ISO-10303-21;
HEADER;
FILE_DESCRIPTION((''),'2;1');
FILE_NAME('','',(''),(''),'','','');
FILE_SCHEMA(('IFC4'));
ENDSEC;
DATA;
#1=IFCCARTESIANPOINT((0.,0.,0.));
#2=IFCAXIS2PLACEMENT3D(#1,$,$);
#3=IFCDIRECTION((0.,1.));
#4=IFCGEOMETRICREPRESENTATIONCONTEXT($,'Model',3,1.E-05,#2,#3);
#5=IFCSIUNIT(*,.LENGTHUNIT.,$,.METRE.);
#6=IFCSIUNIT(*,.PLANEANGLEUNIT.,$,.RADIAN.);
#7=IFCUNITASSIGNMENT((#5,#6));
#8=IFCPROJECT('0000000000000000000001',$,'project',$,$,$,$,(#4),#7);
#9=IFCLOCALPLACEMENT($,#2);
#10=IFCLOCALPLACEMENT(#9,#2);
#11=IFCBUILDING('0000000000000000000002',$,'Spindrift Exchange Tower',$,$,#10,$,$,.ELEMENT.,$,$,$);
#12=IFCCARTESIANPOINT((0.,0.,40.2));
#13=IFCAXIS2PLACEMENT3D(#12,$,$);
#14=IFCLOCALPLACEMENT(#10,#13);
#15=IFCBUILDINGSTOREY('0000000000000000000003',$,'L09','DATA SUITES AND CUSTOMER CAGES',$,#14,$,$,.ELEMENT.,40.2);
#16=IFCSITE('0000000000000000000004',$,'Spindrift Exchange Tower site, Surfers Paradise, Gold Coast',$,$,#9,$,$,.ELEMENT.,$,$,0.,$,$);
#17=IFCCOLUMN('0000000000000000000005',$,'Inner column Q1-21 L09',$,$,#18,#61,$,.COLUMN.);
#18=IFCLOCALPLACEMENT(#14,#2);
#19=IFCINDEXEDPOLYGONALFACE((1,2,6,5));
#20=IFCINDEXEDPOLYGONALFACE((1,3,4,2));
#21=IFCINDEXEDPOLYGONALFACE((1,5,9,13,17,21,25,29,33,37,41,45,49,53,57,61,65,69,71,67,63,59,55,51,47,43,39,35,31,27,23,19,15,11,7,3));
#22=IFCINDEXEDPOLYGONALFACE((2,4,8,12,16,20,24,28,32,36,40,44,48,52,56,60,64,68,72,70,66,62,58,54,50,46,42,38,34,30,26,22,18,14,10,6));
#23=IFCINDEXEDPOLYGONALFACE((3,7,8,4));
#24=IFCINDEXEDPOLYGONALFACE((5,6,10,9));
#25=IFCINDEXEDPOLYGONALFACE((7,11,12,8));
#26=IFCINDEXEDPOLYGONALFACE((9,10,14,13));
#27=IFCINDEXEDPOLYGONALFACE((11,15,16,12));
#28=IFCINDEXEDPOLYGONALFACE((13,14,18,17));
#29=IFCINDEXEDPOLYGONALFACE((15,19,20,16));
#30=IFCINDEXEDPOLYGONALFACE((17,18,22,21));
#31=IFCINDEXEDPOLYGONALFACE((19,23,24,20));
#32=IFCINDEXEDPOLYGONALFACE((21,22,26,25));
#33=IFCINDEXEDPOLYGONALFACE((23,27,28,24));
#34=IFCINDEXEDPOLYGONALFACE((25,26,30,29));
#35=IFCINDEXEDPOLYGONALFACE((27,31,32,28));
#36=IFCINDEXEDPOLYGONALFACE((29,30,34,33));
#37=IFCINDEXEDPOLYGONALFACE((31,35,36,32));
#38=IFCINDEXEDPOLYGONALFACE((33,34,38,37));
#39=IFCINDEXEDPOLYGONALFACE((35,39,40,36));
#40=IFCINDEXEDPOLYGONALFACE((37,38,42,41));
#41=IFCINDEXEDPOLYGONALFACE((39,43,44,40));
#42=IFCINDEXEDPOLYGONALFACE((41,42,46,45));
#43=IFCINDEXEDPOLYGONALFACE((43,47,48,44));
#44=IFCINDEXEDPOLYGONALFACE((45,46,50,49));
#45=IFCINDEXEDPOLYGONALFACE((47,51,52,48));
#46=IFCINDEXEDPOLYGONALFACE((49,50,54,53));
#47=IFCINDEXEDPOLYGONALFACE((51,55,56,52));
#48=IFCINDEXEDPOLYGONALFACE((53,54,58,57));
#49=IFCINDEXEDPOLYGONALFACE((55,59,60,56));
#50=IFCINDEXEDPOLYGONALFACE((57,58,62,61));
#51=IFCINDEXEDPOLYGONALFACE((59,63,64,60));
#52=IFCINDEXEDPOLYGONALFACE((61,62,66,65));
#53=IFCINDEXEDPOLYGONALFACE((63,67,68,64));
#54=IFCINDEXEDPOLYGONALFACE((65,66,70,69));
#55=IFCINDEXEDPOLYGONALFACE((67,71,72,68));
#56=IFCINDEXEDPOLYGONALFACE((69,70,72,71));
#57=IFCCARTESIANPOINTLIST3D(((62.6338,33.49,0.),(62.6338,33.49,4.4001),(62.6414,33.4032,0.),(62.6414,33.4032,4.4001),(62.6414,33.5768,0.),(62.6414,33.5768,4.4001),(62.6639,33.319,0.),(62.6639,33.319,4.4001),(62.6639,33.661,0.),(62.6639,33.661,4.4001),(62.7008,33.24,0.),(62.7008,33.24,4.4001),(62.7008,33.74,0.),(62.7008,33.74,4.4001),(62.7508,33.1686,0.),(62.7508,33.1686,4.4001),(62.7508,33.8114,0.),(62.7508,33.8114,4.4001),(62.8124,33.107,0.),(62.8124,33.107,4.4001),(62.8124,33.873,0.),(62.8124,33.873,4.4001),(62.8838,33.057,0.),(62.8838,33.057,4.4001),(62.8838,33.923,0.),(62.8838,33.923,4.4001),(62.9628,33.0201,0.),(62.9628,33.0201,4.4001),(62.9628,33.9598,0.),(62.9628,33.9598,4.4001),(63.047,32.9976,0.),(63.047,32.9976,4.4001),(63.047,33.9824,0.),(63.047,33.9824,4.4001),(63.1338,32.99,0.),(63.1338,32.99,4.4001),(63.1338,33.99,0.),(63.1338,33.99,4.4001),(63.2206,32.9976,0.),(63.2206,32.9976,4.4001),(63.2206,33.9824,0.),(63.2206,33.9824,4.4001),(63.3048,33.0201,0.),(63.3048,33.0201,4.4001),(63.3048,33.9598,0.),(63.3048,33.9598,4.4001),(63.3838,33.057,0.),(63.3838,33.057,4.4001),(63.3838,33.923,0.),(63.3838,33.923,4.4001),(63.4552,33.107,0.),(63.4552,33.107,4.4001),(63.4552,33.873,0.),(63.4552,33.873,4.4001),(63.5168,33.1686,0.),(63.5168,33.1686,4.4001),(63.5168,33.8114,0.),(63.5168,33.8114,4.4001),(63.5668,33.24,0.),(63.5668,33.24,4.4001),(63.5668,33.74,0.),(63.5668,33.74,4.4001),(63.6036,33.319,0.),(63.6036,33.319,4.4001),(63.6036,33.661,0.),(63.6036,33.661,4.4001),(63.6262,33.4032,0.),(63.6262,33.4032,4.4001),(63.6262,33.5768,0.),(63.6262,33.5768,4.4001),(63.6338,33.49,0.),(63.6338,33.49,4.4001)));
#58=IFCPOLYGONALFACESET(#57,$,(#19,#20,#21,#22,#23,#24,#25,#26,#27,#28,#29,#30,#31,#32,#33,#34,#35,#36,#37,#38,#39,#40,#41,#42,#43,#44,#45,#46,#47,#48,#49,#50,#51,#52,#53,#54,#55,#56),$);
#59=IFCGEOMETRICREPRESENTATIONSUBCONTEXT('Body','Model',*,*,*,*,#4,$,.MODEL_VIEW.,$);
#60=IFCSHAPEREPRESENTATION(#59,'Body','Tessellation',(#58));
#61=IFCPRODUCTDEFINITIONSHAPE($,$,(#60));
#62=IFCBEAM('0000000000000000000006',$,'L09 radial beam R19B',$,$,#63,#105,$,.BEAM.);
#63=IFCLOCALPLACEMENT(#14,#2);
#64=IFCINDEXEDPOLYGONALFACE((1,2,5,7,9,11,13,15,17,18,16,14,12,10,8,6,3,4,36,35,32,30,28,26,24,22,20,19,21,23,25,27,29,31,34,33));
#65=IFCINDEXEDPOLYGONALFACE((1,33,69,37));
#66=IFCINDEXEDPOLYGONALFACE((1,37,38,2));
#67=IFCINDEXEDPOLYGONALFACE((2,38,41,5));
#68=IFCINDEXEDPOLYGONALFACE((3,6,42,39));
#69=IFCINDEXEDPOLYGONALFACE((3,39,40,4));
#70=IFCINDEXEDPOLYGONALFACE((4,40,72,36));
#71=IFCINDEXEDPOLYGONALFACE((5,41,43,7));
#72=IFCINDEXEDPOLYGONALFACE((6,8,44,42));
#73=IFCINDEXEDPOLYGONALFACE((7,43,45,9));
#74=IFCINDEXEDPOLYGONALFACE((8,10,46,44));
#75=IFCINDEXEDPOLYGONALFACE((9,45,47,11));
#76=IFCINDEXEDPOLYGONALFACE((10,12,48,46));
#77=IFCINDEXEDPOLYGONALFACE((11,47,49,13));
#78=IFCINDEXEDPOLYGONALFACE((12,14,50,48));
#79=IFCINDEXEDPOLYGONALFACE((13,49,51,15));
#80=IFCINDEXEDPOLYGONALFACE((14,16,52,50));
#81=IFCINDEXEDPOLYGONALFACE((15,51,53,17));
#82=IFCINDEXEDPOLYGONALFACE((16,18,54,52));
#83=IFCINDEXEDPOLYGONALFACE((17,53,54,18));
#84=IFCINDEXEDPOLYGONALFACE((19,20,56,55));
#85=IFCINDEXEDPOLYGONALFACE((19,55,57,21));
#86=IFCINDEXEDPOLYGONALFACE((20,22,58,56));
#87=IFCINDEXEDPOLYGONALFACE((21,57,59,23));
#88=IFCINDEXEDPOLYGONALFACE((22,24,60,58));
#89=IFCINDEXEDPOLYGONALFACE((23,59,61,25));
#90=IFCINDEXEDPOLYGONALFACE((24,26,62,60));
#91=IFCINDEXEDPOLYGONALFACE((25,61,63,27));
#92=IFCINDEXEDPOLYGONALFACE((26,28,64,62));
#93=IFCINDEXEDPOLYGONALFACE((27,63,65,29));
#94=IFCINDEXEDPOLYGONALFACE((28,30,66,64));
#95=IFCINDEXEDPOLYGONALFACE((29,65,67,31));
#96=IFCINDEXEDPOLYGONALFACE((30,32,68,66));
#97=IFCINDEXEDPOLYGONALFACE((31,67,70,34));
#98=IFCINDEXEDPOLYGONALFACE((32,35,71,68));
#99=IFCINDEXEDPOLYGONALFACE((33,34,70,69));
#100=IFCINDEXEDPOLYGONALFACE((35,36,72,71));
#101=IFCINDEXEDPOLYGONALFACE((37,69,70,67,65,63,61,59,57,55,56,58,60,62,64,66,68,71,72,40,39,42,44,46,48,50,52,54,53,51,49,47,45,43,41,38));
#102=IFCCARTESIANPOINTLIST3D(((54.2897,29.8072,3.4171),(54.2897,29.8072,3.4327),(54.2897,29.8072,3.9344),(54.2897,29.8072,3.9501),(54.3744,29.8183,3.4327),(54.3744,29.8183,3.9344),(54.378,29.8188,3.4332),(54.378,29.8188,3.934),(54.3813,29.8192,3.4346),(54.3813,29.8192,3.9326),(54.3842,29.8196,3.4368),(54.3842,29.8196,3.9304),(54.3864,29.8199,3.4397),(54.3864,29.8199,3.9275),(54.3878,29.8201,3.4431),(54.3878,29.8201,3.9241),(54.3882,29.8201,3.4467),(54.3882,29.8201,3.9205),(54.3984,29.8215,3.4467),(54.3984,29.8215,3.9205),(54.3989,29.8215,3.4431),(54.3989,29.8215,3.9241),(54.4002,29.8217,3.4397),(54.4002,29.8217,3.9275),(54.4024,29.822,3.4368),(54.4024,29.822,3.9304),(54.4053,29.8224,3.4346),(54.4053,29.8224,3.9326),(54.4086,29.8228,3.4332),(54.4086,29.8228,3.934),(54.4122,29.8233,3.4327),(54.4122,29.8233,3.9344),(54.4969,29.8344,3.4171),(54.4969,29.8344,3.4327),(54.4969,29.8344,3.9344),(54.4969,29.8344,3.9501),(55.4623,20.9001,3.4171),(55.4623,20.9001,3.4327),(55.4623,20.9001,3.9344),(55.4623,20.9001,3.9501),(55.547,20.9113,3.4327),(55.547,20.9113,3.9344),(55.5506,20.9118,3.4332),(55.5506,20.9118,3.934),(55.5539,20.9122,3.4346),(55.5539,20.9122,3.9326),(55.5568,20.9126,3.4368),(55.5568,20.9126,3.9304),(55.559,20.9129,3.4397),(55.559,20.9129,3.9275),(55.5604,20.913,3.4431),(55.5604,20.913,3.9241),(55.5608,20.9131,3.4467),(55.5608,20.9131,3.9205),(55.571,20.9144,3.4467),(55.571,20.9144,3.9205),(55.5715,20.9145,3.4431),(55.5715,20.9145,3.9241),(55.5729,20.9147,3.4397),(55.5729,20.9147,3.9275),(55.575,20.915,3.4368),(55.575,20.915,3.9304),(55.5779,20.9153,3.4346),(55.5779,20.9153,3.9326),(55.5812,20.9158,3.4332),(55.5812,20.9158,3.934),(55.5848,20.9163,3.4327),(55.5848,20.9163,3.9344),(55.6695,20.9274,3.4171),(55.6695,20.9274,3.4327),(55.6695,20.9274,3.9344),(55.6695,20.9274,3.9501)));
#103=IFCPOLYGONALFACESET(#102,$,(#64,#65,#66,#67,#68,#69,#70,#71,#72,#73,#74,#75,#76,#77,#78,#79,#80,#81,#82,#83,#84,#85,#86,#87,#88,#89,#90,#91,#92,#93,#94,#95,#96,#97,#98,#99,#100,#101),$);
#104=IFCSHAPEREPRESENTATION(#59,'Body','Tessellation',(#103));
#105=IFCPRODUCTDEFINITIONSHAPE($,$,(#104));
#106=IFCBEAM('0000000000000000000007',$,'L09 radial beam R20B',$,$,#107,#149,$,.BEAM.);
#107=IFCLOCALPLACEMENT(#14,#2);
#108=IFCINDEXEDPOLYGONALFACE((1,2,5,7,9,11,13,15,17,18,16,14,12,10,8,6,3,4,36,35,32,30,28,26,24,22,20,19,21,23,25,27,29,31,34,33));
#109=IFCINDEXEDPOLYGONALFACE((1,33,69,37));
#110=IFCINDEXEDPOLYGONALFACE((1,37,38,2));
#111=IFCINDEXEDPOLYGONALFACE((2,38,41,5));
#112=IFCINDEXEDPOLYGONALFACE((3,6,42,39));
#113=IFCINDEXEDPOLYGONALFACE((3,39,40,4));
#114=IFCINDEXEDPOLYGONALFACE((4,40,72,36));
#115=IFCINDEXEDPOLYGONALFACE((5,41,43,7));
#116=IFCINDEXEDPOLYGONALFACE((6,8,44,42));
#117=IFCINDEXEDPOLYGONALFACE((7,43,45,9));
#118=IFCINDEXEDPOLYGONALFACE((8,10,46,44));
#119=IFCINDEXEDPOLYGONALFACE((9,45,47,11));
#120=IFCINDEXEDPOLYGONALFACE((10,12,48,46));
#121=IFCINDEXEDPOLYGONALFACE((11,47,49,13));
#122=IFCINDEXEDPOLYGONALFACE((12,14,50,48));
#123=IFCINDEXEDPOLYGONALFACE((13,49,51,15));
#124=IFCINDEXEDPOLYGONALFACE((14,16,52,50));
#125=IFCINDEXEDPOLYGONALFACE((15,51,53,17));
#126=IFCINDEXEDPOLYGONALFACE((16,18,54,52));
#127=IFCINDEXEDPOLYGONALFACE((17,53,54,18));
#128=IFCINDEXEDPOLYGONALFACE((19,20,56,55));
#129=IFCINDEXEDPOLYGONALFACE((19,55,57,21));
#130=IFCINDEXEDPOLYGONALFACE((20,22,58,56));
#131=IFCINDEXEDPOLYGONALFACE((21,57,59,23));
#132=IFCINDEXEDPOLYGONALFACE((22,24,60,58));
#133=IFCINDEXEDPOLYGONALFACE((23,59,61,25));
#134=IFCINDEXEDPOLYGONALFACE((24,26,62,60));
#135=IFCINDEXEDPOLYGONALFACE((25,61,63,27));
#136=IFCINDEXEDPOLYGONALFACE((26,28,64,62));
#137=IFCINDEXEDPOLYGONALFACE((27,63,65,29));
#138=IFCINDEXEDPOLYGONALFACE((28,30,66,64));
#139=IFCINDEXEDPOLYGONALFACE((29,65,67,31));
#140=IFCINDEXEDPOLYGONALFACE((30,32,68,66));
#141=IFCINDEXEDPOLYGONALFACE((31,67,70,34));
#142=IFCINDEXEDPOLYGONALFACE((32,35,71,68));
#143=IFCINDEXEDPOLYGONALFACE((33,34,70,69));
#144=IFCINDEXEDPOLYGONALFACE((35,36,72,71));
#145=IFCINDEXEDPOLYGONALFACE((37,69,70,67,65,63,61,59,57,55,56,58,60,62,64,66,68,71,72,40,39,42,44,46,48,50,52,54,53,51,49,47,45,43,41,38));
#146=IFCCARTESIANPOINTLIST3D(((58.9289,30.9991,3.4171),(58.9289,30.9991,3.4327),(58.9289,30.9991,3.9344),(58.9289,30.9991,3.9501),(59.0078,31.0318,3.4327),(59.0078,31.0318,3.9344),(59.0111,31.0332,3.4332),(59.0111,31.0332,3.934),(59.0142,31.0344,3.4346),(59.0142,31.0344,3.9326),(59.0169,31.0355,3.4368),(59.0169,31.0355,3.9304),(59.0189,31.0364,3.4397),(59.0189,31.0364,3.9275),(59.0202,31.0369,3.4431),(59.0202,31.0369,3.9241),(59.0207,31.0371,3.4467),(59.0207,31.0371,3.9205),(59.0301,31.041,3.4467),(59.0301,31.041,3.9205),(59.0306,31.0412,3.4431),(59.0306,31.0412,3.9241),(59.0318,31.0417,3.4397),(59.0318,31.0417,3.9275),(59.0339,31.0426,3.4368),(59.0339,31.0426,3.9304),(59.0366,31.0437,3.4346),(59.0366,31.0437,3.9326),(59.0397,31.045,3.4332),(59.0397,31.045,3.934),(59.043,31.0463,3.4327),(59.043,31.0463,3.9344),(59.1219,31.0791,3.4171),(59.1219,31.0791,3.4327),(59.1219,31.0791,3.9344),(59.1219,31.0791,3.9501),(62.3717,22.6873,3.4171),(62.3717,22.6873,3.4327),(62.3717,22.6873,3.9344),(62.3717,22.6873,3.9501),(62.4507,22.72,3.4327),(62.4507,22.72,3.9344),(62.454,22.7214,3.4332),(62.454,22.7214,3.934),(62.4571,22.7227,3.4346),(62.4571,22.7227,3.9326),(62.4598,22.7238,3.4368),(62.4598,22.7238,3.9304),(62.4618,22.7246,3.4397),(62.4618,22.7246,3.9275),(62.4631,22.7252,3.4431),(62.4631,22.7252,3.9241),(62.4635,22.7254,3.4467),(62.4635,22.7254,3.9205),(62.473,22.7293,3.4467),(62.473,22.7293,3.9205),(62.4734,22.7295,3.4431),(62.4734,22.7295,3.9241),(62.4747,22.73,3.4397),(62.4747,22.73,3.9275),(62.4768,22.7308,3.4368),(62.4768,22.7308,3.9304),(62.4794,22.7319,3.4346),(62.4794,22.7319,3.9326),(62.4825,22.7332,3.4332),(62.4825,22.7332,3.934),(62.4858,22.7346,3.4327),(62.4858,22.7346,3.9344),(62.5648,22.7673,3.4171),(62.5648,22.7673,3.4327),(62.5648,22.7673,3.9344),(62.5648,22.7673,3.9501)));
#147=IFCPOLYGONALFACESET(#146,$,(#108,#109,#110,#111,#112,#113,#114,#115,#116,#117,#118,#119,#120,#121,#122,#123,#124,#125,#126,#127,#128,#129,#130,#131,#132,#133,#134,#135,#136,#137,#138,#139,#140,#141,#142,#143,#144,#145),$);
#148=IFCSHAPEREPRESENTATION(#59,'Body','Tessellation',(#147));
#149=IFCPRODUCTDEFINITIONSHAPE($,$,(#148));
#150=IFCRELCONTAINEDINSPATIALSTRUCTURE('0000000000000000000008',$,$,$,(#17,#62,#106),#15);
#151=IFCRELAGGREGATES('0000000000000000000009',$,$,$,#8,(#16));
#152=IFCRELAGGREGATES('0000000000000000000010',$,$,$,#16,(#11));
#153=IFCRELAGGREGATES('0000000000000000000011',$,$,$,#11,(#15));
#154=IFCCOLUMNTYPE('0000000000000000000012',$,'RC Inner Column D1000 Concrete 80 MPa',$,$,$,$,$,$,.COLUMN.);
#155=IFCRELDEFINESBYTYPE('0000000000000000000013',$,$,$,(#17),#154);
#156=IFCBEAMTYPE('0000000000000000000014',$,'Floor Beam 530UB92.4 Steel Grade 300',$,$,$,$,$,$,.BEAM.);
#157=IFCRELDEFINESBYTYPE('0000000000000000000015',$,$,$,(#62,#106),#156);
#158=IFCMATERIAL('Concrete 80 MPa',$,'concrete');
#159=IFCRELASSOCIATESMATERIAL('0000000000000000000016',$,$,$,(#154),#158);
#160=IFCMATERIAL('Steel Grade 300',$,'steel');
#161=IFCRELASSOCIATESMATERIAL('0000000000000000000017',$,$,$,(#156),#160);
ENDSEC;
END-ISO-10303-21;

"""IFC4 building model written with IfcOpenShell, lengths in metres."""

from ifc_helpers import new_model, si_unit, direction, frame, origin, origin_2d, place, context, subcontext, project, spatial, circle, i_section, extrude, source, transform, mapped, material, material_profile, profile_set, type_object, element, save


model = new_model("IFC4")

# Units and contexts
model_context = context("Model", 3, precision=1e-05, world=origin(), true_north=direction((0.0, 1.0)))
body_context = subcontext(model_context, "Body", "Model", "MODEL_VIEW")
ifc_project = project(units=[si_unit("LENGTHUNIT", "METRE"), si_unit("PLANEANGLEUNIT", "RADIAN")], contexts=[model_context])

# Site, building, storey
site_placement = place(None, origin())
site = spatial("IfcSite", under=ifc_project, at=site_placement, Name="Spindrift Exchange Tower site, Surfers Paradise, Gold Coast", CompositionType="ELEMENT", RefElevation=0.0)
building_placement = place(site_placement, origin())
building = spatial("IfcBuilding", under=site, at=building_placement, Name="Spindrift Exchange Tower", CompositionType="ELEMENT")
storey_placement = place(building_placement, frame((0.0, 0.0, 40.2)))
storey = spatial("IfcBuildingStorey", under=building, at=storey_placement, Name="L09", Description="DATA SUITES AND CUSTOMER CAGES", CompositionType="ELEMENT", Elevation=40.2)

# Column
ifc_material_1 = material(Name="Concrete 80 MPa", Category="concrete")
ifc_material_profile_1 = material_profile(ifc_material_1, circle(Radius=0.5, at=origin_2d()), Name="RC D1000")
ifc_profile_set_1 = profile_set([ifc_material_profile_1], Name="Concrete 80 MPa")
column_type_1 = type_object("IfcColumnType", Name="RC Inner Column D1000 Concrete 80 MPa", PredefinedType="COLUMN", material=ifc_profile_set_1)
shared_shape_1 = source(origin(), body_context, "Body", "SweptSolid", [
    extrude(circle(Radius=0.5, at=origin_2d()), origin(), (0.0, 0.0, 1.0), 4.4001),
])
for number, where, z_axis, x_axis, name in (
    (1, (63.1338, 33.49, 0.0), (0.0, 0.0, 1.0), (1.0, 0.0, 0.0), "Inner column Q1-21 L09"),
):
    element("IfcColumn", number, at=place(storey_placement, frame(where, z_axis=z_axis, x_axis=x_axis)), inside=storey, type_object=column_type_1, Name=name, PredefinedType="COLUMN", context=body_context, shape_type="MappedRepresentation", body=[
        mapped(shared_shape_1, transform((0.0, 0.0, 0.0), scale=1.0)),
    ])

# Beams
ifc_material_2 = material(Name="Steel Grade 300", Category="steel")
ifc_material_profile_2 = material_profile(ifc_material_2, i_section(OverallWidth=0.209, OverallDepth=0.533, WebThickness=0.0103, FlangeThickness=0.0156, FilletRadius=0.0139, at=origin_2d()), Name="530UB92.4")
ifc_profile_set_2 = profile_set([ifc_material_profile_2], Name="Steel Grade 300")
beam_type_1 = type_object("IfcBeamType", Name="Floor Beam 530UB92.4 Steel Grade 300", PredefinedType="BEAM", material=ifc_profile_set_2)
shared_shape_2 = source(origin(), body_context, "Body", "SweptSolid", [
    extrude(i_section(OverallWidth=0.209, OverallDepth=0.533, WebThickness=0.0103, FlangeThickness=0.0156, FilletRadius=0.0139, at=origin_2d()), origin(), (0.0, 0.0, 1.0), 8.9839),
])
beam_1_placement = place(storey_placement, frame((54.3933, 29.8208, 3.6836), z_axis=(0.130524, -0.991445, 0.0), x_axis=(0.991445, 0.130524, 0.0)))
element("IfcBeam", 2, at=beam_1_placement, inside=storey, type_object=beam_type_1, Name="L09 radial beam R19B", PredefinedType="BEAM", context=body_context, shape_type="MappedRepresentation", body=[
    mapped(shared_shape_2, transform((0.0, 0.0, 0.0), scale=1.0)),
])
shared_shape_3 = source(origin(), body_context, "Body", "SweptSolid", [
    extrude(i_section(OverallWidth=0.209, OverallDepth=0.533, WebThickness=0.0103, FlangeThickness=0.0156, FilletRadius=0.0139, at=origin_2d()), origin(), (0.0, 0.0, 1.0), 8.9966),
])
beam_2_placement = place(storey_placement, frame((59.0254, 31.0391, 3.6836), z_axis=(0.382686, -0.923879, 0.0), x_axis=(0.923879, 0.382686, 0.0)))
element("IfcBeam", 3, at=beam_2_placement, inside=storey, type_object=beam_type_1, Name="L09 radial beam R20B", PredefinedType="BEAM", context=body_context, shape_type="MappedRepresentation", body=[
    mapped(shared_shape_3, transform((0.0, 0.0, 0.0), scale=1.0)),
])

save(model, "model.ifc")
